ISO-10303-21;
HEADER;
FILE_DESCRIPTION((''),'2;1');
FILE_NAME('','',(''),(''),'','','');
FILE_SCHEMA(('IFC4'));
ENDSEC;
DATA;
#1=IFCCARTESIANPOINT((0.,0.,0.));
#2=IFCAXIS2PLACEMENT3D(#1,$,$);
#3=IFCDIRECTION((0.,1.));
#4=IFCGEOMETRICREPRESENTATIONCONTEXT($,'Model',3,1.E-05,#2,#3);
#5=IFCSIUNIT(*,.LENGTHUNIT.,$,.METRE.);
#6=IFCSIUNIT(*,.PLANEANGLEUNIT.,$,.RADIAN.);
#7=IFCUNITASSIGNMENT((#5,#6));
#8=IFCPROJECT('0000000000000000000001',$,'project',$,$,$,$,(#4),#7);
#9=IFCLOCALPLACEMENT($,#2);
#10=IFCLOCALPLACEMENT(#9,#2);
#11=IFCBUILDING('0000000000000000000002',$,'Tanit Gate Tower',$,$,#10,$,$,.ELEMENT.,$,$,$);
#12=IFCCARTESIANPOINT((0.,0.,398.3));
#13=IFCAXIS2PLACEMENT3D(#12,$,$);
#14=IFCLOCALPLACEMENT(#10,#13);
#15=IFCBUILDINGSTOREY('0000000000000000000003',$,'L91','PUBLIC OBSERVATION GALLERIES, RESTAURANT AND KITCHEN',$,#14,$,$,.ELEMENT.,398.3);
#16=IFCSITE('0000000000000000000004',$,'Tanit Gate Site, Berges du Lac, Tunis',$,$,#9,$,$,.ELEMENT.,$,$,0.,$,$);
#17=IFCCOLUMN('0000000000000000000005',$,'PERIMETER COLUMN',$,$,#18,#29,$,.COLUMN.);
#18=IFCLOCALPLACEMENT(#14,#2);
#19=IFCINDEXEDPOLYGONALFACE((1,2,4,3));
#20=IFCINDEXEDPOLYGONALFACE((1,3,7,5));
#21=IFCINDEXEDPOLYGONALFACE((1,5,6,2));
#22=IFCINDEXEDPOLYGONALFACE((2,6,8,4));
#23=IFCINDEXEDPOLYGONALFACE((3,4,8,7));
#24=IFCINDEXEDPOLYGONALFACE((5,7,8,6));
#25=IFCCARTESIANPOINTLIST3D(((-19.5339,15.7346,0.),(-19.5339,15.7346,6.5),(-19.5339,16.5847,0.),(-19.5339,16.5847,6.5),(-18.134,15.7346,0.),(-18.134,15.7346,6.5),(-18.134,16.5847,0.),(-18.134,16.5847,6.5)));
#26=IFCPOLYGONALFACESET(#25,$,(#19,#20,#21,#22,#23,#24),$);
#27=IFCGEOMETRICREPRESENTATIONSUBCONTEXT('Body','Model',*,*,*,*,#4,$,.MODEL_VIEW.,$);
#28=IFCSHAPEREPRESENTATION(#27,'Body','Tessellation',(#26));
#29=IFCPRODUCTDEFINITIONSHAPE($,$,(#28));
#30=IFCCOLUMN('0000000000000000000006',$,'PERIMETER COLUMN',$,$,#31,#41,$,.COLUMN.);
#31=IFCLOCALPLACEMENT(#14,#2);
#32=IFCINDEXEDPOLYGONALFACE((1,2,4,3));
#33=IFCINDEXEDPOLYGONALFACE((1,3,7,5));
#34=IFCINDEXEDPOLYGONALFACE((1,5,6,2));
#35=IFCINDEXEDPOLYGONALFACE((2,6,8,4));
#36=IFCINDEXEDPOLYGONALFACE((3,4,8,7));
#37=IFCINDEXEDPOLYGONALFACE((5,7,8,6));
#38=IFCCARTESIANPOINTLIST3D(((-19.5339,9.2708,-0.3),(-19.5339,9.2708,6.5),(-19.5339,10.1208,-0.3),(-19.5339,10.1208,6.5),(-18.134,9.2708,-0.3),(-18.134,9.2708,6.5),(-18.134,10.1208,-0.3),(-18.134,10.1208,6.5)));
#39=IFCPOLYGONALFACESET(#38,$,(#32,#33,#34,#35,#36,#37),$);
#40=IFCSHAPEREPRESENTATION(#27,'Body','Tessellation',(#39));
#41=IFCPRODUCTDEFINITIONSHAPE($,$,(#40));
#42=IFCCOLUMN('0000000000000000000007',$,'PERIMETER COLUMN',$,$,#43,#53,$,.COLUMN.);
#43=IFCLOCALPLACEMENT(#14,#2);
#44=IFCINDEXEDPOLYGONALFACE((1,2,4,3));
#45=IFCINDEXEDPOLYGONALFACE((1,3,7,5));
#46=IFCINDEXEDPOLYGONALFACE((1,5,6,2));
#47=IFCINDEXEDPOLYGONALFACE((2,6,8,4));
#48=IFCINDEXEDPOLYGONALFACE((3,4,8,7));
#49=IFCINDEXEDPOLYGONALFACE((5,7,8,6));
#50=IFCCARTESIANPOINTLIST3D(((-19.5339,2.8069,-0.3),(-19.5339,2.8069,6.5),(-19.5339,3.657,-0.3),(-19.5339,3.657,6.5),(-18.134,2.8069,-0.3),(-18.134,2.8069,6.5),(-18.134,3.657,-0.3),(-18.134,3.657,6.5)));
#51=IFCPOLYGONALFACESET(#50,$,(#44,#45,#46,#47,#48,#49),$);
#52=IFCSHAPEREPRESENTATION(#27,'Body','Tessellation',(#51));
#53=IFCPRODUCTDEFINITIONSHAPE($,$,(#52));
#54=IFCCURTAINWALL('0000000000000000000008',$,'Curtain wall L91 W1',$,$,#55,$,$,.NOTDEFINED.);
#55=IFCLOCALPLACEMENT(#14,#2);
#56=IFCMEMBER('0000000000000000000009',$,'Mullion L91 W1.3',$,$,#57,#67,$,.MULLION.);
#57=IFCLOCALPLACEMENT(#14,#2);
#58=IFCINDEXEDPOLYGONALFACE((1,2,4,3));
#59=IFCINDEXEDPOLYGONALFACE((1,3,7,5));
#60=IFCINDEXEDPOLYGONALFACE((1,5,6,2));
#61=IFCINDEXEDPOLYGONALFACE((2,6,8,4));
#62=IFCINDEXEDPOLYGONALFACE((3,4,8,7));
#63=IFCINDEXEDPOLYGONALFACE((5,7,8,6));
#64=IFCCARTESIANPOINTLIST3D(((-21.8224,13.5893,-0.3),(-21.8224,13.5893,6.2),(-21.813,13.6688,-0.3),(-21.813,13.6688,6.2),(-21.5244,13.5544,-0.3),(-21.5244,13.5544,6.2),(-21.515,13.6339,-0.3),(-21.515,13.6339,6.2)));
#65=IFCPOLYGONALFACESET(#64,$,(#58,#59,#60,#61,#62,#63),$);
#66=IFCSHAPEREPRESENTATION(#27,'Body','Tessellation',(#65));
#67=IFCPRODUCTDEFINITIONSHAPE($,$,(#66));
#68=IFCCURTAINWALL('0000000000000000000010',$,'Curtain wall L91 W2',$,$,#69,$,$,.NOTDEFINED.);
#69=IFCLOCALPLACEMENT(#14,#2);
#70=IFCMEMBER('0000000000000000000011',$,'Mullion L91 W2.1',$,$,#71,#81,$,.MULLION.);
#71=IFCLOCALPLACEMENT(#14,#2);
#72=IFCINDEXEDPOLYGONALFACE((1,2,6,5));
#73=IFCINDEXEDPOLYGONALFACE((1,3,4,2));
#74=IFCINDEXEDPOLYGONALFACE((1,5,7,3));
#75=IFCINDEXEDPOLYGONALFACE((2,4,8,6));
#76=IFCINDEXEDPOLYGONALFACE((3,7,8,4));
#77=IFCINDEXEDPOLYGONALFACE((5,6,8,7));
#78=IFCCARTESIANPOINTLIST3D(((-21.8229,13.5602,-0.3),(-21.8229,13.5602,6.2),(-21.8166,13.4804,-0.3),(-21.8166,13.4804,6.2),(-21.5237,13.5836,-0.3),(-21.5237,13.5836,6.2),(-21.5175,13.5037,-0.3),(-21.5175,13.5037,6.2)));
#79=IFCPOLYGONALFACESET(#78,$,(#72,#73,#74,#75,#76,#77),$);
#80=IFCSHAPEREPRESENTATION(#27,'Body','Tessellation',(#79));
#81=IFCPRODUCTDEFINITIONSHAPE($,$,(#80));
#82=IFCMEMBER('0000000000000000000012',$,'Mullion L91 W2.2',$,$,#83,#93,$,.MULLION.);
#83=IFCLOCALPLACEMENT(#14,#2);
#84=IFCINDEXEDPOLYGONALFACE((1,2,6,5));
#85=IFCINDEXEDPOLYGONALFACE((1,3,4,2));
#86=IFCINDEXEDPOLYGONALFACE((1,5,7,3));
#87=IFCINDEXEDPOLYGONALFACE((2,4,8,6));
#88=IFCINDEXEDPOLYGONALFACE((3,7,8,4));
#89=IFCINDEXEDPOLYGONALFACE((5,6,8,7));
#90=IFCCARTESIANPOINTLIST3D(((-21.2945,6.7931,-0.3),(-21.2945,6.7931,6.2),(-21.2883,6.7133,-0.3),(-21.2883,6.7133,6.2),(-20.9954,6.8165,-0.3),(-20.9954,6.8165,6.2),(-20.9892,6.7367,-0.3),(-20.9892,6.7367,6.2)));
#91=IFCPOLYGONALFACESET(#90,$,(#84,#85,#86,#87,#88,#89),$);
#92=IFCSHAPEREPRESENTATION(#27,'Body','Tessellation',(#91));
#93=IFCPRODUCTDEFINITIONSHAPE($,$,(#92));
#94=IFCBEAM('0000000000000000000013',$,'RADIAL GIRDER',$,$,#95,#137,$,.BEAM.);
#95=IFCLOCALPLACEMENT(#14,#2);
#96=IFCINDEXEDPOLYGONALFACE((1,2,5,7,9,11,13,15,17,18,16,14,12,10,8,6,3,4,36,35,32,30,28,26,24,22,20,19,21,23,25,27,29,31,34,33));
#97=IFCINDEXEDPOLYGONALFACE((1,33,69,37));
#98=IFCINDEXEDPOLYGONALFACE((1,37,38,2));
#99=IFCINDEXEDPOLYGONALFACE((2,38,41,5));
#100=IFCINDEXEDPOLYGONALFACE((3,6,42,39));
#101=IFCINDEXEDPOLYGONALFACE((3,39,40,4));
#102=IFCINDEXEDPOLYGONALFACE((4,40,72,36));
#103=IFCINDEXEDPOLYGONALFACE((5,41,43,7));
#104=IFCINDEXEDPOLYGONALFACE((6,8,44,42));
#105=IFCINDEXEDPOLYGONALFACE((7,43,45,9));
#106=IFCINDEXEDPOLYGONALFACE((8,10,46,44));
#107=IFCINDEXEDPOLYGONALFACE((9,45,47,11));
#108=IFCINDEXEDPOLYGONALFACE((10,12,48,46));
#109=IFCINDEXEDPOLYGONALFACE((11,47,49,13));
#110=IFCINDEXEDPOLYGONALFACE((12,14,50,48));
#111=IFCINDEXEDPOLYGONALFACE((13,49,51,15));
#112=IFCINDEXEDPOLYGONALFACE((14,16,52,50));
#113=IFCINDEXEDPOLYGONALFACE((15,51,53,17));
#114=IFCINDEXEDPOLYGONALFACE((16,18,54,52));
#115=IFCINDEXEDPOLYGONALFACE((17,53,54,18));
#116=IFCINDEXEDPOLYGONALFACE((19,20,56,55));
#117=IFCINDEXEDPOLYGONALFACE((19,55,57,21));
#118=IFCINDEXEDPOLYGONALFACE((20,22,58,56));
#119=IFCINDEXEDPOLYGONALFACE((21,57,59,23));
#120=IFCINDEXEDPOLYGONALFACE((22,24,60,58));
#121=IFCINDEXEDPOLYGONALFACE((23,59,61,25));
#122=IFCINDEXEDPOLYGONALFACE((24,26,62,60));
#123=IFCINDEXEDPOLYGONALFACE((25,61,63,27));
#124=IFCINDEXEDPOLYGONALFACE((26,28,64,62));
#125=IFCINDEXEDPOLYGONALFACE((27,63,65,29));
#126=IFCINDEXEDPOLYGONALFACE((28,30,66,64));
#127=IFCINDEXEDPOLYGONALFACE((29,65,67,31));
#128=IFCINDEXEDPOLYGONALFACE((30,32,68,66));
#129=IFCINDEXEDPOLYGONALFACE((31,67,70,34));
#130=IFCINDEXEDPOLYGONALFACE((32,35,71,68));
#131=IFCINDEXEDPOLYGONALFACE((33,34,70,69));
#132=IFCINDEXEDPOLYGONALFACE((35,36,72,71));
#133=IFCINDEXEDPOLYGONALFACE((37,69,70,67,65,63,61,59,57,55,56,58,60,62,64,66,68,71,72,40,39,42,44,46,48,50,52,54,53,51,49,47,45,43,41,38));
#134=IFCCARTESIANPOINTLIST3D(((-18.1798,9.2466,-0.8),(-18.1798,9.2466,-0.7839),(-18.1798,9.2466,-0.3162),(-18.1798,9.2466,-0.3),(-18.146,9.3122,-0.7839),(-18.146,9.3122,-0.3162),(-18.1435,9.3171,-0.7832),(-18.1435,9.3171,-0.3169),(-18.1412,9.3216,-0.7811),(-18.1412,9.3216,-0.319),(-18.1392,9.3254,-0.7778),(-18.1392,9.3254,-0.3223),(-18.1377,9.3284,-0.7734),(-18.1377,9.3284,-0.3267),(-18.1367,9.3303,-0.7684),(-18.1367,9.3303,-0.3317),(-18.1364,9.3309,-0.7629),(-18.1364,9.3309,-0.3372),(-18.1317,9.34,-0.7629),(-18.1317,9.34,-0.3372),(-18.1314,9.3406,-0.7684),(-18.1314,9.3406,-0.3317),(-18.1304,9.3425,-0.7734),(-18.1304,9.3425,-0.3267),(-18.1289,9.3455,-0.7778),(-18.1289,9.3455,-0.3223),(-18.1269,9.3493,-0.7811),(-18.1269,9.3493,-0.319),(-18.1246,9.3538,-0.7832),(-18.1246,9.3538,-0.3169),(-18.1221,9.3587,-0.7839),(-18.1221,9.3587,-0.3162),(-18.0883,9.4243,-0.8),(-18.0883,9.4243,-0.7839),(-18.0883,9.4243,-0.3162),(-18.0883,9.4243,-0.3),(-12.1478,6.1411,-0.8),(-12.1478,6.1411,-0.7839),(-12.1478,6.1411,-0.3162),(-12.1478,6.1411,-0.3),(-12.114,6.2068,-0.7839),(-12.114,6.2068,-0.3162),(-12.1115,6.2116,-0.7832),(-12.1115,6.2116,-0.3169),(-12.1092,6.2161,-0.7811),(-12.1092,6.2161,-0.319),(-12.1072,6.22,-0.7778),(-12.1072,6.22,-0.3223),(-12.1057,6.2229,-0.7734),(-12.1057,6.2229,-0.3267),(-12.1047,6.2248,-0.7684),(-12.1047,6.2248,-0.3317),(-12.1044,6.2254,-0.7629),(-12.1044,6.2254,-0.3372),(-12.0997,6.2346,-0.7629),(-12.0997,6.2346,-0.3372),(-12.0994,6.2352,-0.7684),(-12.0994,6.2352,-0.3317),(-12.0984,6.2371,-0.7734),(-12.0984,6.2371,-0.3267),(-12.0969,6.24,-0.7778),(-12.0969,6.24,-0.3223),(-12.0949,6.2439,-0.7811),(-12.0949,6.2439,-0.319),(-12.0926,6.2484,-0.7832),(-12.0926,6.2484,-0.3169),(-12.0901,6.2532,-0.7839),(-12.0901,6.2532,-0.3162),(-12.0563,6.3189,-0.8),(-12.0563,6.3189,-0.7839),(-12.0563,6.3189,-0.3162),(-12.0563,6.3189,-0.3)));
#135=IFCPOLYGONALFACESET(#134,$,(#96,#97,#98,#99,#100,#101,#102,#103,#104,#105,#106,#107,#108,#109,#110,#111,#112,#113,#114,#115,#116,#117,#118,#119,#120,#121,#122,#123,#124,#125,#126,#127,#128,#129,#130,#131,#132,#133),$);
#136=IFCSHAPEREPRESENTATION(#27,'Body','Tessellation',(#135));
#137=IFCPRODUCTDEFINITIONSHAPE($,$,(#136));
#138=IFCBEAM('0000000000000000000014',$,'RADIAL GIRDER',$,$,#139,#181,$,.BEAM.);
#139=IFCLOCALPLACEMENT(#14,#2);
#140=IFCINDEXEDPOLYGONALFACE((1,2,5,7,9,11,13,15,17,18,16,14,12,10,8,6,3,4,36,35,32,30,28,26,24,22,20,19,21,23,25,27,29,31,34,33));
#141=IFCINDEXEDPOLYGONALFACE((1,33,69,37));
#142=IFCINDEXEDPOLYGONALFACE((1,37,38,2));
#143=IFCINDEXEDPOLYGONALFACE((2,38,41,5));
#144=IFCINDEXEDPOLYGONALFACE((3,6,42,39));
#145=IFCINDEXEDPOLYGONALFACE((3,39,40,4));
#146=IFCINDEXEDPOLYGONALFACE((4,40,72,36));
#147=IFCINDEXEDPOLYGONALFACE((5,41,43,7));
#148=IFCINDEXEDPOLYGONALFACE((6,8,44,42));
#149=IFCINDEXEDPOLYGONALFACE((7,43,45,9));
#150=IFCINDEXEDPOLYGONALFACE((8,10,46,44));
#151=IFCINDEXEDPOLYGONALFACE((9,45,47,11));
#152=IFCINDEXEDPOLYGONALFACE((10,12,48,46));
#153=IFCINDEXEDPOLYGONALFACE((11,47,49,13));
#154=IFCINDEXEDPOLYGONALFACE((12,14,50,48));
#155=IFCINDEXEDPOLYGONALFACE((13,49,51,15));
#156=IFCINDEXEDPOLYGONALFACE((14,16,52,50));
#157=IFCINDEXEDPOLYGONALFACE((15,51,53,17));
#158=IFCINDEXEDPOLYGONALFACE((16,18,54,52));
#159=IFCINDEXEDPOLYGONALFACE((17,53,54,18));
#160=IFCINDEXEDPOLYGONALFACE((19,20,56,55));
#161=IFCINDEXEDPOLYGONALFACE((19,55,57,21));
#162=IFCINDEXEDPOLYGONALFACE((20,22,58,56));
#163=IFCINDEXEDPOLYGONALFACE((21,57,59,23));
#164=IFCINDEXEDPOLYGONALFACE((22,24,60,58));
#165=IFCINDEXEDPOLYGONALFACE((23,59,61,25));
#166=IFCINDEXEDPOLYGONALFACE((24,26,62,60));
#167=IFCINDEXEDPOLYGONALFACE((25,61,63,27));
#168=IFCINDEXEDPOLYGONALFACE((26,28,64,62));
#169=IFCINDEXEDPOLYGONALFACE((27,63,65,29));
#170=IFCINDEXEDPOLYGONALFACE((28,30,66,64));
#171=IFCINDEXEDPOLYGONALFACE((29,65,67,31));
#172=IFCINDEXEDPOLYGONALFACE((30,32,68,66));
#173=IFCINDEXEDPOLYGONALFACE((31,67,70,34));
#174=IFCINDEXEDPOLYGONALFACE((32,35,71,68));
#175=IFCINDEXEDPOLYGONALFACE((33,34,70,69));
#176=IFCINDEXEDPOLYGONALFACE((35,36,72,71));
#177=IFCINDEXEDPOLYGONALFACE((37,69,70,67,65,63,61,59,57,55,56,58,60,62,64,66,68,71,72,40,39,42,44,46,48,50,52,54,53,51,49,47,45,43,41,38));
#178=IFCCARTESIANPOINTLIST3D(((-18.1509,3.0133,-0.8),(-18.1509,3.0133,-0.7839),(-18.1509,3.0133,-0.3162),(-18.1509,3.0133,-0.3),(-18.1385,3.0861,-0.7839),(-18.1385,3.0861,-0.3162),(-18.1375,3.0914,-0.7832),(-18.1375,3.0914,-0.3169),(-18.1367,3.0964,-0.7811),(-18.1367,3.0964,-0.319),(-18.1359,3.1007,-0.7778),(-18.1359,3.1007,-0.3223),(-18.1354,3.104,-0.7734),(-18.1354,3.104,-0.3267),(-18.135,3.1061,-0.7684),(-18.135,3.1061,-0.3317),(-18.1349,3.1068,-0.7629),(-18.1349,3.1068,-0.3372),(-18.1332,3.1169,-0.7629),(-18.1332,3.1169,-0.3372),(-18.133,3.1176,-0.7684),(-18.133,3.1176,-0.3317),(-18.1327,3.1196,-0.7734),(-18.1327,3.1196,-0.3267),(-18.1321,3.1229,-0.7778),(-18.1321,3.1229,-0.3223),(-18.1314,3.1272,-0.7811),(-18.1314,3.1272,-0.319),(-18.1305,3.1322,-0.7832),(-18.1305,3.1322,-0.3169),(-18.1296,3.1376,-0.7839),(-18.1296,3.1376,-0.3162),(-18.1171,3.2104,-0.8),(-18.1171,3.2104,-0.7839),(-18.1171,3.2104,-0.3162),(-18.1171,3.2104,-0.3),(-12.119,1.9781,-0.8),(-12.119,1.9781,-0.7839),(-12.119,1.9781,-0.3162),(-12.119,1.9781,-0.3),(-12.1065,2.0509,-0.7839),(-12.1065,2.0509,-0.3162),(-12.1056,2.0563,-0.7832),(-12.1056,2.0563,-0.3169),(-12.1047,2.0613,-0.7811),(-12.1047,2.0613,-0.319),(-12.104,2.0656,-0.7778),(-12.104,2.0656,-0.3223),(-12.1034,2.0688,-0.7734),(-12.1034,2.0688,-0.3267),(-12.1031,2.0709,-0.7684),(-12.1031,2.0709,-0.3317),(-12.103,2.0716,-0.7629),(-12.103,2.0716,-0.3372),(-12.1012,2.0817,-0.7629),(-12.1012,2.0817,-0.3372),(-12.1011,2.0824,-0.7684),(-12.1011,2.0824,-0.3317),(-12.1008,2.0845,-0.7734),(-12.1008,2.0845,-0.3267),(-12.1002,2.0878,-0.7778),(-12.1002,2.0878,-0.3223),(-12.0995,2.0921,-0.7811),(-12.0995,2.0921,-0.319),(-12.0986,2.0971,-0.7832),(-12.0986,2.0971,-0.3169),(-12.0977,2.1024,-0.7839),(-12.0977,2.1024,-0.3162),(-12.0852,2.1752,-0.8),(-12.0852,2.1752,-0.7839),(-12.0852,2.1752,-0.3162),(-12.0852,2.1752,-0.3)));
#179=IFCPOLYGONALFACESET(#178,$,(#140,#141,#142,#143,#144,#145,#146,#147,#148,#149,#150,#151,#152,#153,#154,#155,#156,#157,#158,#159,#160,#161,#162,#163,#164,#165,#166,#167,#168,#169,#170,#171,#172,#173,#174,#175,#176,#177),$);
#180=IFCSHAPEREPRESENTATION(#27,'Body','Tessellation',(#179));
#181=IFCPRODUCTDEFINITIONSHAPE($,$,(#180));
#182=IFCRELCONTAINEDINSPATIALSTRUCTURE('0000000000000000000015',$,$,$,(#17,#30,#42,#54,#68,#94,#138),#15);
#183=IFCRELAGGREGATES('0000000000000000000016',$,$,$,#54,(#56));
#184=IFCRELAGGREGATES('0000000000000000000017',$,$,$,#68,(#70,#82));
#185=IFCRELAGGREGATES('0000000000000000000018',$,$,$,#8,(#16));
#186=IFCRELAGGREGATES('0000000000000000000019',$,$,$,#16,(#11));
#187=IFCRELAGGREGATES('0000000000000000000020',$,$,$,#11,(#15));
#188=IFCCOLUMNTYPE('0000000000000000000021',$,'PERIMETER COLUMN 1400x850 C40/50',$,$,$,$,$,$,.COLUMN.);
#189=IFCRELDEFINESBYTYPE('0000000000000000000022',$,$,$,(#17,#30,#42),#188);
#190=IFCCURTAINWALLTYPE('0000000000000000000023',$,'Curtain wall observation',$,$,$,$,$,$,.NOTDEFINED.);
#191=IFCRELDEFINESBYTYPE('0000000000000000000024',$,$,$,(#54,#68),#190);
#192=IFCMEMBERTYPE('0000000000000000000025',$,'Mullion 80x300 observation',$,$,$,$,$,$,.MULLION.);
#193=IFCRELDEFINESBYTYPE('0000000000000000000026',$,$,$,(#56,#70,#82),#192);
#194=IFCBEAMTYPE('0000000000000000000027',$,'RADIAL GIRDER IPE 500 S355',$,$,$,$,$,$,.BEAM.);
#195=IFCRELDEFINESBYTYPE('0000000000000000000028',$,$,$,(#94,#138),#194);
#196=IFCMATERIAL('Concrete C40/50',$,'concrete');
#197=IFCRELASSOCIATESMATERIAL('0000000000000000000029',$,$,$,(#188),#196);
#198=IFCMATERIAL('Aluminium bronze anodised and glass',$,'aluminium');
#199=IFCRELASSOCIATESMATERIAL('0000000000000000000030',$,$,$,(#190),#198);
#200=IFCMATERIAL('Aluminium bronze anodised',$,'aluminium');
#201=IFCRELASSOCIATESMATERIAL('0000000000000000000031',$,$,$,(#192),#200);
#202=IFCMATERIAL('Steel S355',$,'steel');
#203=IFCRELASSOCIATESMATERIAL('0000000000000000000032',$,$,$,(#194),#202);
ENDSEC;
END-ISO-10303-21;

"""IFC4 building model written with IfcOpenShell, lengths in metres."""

from ifc_helpers import new_model, si_unit, direction, frame, origin, origin_2d, place, context, subcontext, project, spatial, rectangle, i_section, extrude, material, material_profile, profile_set, type_object, element, aggregate, save


model = new_model("IFC4")

# Units and contexts
model_context = context("Model", 3, precision=1e-05, world=origin(), true_north=direction((0.0, 1.0)))
body_context = subcontext(model_context, "Body", "Model", "MODEL_VIEW")
ifc_project = project(units=[si_unit("LENGTHUNIT", "METRE"), si_unit("PLANEANGLEUNIT", "RADIAN")], contexts=[model_context])

# Site, building, storey
site_placement = place(None, origin())
site = spatial("IfcSite", under=ifc_project, at=site_placement, Name="Tanit Gate Site, Berges du Lac, Tunis", CompositionType="ELEMENT", RefElevation=0.0)
building_placement = place(site_placement, origin())
building = spatial("IfcBuilding", under=site, at=building_placement, Name="Tanit Gate Tower", CompositionType="ELEMENT")
storey_placement = place(building_placement, frame((0.0, 0.0, 398.3)))
storey = spatial("IfcBuildingStorey", under=building, at=storey_placement, Name="L91", Description="PUBLIC OBSERVATION GALLERIES, RESTAURANT AND KITCHEN", CompositionType="ELEMENT", Elevation=398.3)

# Columns
ifc_material_1 = material(Name="Concrete C40/50", Category="concrete")
ifc_material_profile_1 = material_profile(ifc_material_1, rectangle(XDim=1.3999, YDim=0.8501, at=origin_2d()), Name="RC 1400x850")
ifc_profile_set_1 = profile_set([ifc_material_profile_1], Name="Concrete C40/50")
column_type = type_object("IfcColumnType", Name="PERIMETER COLUMN 1400x850 C40/50", PredefinedType="COLUMN", material=ifc_profile_set_1)
column_placement = place(storey_placement, frame((-18.834, 16.1597, 0.0), z_axis=(0.0, 0.0, 1.0), x_axis=(-1.0, 0.0, 0.0)))
element("IfcColumn", 1, at=column_placement, inside=storey, type_object=column_type, Name="PERIMETER COLUMN", PredefinedType="COLUMN", context=body_context, shape_type="SweptSolid", body=[
    extrude(rectangle(XDim=1.3999, YDim=0.8501, at=origin_2d()), origin(), (0.0, 0.0, 1.0), 6.5),
])
for number, where, z_axis, x_axis, name in (
    (2, (-18.834, 9.6958, -0.3), (0.0, 0.0, 1.0), (-1.0, 0.0, 0.0), "PERIMETER COLUMN"),
    (3, (-18.834, 3.2319, -0.3), (0.0, 0.0, 1.0), (-1.0, 0.0, 0.0), "PERIMETER COLUMN"),
):
    element("IfcColumn", number, at=place(storey_placement, frame(where, z_axis=z_axis, x_axis=x_axis)), inside=storey, type_object=column_type, Name=name, PredefinedType="COLUMN", context=body_context, shape_type="SweptSolid", body=[
        extrude(rectangle(XDim=1.3999, YDim=0.8501, at=origin_2d()), origin(), (0.0, 0.0, 1.0), 6.8),
    ])

# Curtain wall, member
ifc_material_2 = material(Name="Aluminium bronze anodised and glass", Category="aluminium")
curtain_wall_type = type_object("IfcCurtainWallType", Name="Curtain wall observation", PredefinedType="NOTDEFINED", material=ifc_material_2)
curtain_wall_1_placement = place(storey_placement, origin())
curtain_wall_1 = element("IfcCurtainWall", 4, at=curtain_wall_1_placement, inside=storey, type_object=curtain_wall_type, Name="Curtain wall L91 W1", PredefinedType="NOTDEFINED")
ifc_material_3 = material(Name="Aluminium bronze anodised", Category="aluminium")
ifc_material_profile_2 = material_profile(ifc_material_3, rectangle(XDim=0.3, YDim=0.0801, at=origin_2d()), Name="80x300 bronze mullion")
ifc_profile_set_2 = profile_set([ifc_material_profile_2], Name="Aluminium bronze anodised")
member_type_1 = type_object("IfcMemberType", Name="Mullion 80x300 observation", PredefinedType="MULLION", material=ifc_profile_set_2)
member_1_placement = place(storey_placement, frame((-21.6687, 13.6116, -0.3), z_axis=(0.0, 0.0, 1.0), x_axis=(0.993212, -0.116318, 0.0)))
member_1 = element("IfcMember", 5, at=member_1_placement, type_object=member_type_1, Name="Mullion L91 W1.3", PredefinedType="MULLION", context=body_context, shape_type="SweptSolid", body=[
    extrude(rectangle(XDim=0.3, YDim=0.0801, at=origin_2d()), origin(), (0.0, 0.0, 1.0), 6.5),
])

# Curtain wall, members
curtain_wall_2_placement = place(storey_placement, origin())
curtain_wall_2 = element("IfcCurtainWall", 6, at=curtain_wall_2_placement, inside=storey, type_object=curtain_wall_type, Name="Curtain wall L91 W2", PredefinedType="NOTDEFINED")
member_2_placement = place(storey_placement, frame((-21.6702, 13.532, -0.3), z_axis=(0.0, 0.0, 1.0), x_axis=(0.996966, 0.077839, 0.0)))
member_2 = element("IfcMember", 7, at=member_2_placement, type_object=member_type_1, Name="Mullion L91 W2.1", PredefinedType="MULLION", context=body_context, shape_type="SweptSolid", body=[
    extrude(rectangle(XDim=0.3, YDim=0.0801, at=origin_2d()), origin(), (0.0, 0.0, 1.0), 6.5),
])
member_3_placement = place(storey_placement, frame((-21.1418, 6.7649, -0.3), z_axis=(0.0, 0.0, 1.0), x_axis=(0.996966, 0.077839, 0.0)))
member_3 = element("IfcMember", 8, at=member_3_placement, type_object=member_type_1, Name="Mullion L91 W2.2", PredefinedType="MULLION", context=body_context, shape_type="SweptSolid", body=[
    extrude(rectangle(XDim=0.3, YDim=0.0801, at=origin_2d()), origin(), (0.0, 0.0, 1.0), 6.5),
])

# Beams
ifc_material_4 = material(Name="Steel S355", Category="steel")
ifc_material_profile_3 = material_profile(ifc_material_4, i_section(OverallWidth=0.2, OverallDepth=0.5, WebThickness=0.0103, FlangeThickness=0.0161, FilletRadius=0.021, at=origin_2d()), Name="IPE 500")
ifc_profile_set_3 = profile_set([ifc_material_profile_3], Name="Steel S355")
beam_type_1 = type_object("IfcBeamType", Name="RADIAL GIRDER IPE 500 S355", PredefinedType="BEAM", material=ifc_profile_set_3)
beam_1_placement = place(storey_placement, frame((-18.134, 9.3354, -0.55), z_axis=(0.88909, -0.457733, 0.0), x_axis=(0.457733, 0.88909, 0.0)))
element("IfcBeam", 9, at=beam_1_placement, inside=storey, type_object=beam_type_1, Name="RADIAL GIRDER", PredefinedType="BEAM", context=body_context, shape_type="SweptSolid", body=[
    extrude(i_section(OverallWidth=0.2, OverallDepth=0.5, WebThickness=0.0103, FlangeThickness=0.0161, FilletRadius=0.021, at=origin_2d()), origin(), (0.0, 0.0, 1.0), 6.7844),
])
beam_2_placement = place(storey_placement, frame((-18.134, 3.1118, -0.55), z_axis=(0.985592, -0.169139, 0.0), x_axis=(0.169139, 0.985592, 0.0)))
element("IfcBeam", 10, at=beam_2_placement, inside=storey, type_object=beam_type_1, Name="RADIAL GIRDER", PredefinedType="BEAM", context=body_context, shape_type="SweptSolid", body=[
    extrude(i_section(OverallWidth=0.2, OverallDepth=0.5, WebThickness=0.0103, FlangeThickness=0.0161, FilletRadius=0.021, at=origin_2d()), origin(), (0.0, 0.0, 1.0), 6.1201),
])

aggregate(curtain_wall_1, [member_1])
aggregate(curtain_wall_2, [member_2, member_3])

save(model, "model.ifc")
